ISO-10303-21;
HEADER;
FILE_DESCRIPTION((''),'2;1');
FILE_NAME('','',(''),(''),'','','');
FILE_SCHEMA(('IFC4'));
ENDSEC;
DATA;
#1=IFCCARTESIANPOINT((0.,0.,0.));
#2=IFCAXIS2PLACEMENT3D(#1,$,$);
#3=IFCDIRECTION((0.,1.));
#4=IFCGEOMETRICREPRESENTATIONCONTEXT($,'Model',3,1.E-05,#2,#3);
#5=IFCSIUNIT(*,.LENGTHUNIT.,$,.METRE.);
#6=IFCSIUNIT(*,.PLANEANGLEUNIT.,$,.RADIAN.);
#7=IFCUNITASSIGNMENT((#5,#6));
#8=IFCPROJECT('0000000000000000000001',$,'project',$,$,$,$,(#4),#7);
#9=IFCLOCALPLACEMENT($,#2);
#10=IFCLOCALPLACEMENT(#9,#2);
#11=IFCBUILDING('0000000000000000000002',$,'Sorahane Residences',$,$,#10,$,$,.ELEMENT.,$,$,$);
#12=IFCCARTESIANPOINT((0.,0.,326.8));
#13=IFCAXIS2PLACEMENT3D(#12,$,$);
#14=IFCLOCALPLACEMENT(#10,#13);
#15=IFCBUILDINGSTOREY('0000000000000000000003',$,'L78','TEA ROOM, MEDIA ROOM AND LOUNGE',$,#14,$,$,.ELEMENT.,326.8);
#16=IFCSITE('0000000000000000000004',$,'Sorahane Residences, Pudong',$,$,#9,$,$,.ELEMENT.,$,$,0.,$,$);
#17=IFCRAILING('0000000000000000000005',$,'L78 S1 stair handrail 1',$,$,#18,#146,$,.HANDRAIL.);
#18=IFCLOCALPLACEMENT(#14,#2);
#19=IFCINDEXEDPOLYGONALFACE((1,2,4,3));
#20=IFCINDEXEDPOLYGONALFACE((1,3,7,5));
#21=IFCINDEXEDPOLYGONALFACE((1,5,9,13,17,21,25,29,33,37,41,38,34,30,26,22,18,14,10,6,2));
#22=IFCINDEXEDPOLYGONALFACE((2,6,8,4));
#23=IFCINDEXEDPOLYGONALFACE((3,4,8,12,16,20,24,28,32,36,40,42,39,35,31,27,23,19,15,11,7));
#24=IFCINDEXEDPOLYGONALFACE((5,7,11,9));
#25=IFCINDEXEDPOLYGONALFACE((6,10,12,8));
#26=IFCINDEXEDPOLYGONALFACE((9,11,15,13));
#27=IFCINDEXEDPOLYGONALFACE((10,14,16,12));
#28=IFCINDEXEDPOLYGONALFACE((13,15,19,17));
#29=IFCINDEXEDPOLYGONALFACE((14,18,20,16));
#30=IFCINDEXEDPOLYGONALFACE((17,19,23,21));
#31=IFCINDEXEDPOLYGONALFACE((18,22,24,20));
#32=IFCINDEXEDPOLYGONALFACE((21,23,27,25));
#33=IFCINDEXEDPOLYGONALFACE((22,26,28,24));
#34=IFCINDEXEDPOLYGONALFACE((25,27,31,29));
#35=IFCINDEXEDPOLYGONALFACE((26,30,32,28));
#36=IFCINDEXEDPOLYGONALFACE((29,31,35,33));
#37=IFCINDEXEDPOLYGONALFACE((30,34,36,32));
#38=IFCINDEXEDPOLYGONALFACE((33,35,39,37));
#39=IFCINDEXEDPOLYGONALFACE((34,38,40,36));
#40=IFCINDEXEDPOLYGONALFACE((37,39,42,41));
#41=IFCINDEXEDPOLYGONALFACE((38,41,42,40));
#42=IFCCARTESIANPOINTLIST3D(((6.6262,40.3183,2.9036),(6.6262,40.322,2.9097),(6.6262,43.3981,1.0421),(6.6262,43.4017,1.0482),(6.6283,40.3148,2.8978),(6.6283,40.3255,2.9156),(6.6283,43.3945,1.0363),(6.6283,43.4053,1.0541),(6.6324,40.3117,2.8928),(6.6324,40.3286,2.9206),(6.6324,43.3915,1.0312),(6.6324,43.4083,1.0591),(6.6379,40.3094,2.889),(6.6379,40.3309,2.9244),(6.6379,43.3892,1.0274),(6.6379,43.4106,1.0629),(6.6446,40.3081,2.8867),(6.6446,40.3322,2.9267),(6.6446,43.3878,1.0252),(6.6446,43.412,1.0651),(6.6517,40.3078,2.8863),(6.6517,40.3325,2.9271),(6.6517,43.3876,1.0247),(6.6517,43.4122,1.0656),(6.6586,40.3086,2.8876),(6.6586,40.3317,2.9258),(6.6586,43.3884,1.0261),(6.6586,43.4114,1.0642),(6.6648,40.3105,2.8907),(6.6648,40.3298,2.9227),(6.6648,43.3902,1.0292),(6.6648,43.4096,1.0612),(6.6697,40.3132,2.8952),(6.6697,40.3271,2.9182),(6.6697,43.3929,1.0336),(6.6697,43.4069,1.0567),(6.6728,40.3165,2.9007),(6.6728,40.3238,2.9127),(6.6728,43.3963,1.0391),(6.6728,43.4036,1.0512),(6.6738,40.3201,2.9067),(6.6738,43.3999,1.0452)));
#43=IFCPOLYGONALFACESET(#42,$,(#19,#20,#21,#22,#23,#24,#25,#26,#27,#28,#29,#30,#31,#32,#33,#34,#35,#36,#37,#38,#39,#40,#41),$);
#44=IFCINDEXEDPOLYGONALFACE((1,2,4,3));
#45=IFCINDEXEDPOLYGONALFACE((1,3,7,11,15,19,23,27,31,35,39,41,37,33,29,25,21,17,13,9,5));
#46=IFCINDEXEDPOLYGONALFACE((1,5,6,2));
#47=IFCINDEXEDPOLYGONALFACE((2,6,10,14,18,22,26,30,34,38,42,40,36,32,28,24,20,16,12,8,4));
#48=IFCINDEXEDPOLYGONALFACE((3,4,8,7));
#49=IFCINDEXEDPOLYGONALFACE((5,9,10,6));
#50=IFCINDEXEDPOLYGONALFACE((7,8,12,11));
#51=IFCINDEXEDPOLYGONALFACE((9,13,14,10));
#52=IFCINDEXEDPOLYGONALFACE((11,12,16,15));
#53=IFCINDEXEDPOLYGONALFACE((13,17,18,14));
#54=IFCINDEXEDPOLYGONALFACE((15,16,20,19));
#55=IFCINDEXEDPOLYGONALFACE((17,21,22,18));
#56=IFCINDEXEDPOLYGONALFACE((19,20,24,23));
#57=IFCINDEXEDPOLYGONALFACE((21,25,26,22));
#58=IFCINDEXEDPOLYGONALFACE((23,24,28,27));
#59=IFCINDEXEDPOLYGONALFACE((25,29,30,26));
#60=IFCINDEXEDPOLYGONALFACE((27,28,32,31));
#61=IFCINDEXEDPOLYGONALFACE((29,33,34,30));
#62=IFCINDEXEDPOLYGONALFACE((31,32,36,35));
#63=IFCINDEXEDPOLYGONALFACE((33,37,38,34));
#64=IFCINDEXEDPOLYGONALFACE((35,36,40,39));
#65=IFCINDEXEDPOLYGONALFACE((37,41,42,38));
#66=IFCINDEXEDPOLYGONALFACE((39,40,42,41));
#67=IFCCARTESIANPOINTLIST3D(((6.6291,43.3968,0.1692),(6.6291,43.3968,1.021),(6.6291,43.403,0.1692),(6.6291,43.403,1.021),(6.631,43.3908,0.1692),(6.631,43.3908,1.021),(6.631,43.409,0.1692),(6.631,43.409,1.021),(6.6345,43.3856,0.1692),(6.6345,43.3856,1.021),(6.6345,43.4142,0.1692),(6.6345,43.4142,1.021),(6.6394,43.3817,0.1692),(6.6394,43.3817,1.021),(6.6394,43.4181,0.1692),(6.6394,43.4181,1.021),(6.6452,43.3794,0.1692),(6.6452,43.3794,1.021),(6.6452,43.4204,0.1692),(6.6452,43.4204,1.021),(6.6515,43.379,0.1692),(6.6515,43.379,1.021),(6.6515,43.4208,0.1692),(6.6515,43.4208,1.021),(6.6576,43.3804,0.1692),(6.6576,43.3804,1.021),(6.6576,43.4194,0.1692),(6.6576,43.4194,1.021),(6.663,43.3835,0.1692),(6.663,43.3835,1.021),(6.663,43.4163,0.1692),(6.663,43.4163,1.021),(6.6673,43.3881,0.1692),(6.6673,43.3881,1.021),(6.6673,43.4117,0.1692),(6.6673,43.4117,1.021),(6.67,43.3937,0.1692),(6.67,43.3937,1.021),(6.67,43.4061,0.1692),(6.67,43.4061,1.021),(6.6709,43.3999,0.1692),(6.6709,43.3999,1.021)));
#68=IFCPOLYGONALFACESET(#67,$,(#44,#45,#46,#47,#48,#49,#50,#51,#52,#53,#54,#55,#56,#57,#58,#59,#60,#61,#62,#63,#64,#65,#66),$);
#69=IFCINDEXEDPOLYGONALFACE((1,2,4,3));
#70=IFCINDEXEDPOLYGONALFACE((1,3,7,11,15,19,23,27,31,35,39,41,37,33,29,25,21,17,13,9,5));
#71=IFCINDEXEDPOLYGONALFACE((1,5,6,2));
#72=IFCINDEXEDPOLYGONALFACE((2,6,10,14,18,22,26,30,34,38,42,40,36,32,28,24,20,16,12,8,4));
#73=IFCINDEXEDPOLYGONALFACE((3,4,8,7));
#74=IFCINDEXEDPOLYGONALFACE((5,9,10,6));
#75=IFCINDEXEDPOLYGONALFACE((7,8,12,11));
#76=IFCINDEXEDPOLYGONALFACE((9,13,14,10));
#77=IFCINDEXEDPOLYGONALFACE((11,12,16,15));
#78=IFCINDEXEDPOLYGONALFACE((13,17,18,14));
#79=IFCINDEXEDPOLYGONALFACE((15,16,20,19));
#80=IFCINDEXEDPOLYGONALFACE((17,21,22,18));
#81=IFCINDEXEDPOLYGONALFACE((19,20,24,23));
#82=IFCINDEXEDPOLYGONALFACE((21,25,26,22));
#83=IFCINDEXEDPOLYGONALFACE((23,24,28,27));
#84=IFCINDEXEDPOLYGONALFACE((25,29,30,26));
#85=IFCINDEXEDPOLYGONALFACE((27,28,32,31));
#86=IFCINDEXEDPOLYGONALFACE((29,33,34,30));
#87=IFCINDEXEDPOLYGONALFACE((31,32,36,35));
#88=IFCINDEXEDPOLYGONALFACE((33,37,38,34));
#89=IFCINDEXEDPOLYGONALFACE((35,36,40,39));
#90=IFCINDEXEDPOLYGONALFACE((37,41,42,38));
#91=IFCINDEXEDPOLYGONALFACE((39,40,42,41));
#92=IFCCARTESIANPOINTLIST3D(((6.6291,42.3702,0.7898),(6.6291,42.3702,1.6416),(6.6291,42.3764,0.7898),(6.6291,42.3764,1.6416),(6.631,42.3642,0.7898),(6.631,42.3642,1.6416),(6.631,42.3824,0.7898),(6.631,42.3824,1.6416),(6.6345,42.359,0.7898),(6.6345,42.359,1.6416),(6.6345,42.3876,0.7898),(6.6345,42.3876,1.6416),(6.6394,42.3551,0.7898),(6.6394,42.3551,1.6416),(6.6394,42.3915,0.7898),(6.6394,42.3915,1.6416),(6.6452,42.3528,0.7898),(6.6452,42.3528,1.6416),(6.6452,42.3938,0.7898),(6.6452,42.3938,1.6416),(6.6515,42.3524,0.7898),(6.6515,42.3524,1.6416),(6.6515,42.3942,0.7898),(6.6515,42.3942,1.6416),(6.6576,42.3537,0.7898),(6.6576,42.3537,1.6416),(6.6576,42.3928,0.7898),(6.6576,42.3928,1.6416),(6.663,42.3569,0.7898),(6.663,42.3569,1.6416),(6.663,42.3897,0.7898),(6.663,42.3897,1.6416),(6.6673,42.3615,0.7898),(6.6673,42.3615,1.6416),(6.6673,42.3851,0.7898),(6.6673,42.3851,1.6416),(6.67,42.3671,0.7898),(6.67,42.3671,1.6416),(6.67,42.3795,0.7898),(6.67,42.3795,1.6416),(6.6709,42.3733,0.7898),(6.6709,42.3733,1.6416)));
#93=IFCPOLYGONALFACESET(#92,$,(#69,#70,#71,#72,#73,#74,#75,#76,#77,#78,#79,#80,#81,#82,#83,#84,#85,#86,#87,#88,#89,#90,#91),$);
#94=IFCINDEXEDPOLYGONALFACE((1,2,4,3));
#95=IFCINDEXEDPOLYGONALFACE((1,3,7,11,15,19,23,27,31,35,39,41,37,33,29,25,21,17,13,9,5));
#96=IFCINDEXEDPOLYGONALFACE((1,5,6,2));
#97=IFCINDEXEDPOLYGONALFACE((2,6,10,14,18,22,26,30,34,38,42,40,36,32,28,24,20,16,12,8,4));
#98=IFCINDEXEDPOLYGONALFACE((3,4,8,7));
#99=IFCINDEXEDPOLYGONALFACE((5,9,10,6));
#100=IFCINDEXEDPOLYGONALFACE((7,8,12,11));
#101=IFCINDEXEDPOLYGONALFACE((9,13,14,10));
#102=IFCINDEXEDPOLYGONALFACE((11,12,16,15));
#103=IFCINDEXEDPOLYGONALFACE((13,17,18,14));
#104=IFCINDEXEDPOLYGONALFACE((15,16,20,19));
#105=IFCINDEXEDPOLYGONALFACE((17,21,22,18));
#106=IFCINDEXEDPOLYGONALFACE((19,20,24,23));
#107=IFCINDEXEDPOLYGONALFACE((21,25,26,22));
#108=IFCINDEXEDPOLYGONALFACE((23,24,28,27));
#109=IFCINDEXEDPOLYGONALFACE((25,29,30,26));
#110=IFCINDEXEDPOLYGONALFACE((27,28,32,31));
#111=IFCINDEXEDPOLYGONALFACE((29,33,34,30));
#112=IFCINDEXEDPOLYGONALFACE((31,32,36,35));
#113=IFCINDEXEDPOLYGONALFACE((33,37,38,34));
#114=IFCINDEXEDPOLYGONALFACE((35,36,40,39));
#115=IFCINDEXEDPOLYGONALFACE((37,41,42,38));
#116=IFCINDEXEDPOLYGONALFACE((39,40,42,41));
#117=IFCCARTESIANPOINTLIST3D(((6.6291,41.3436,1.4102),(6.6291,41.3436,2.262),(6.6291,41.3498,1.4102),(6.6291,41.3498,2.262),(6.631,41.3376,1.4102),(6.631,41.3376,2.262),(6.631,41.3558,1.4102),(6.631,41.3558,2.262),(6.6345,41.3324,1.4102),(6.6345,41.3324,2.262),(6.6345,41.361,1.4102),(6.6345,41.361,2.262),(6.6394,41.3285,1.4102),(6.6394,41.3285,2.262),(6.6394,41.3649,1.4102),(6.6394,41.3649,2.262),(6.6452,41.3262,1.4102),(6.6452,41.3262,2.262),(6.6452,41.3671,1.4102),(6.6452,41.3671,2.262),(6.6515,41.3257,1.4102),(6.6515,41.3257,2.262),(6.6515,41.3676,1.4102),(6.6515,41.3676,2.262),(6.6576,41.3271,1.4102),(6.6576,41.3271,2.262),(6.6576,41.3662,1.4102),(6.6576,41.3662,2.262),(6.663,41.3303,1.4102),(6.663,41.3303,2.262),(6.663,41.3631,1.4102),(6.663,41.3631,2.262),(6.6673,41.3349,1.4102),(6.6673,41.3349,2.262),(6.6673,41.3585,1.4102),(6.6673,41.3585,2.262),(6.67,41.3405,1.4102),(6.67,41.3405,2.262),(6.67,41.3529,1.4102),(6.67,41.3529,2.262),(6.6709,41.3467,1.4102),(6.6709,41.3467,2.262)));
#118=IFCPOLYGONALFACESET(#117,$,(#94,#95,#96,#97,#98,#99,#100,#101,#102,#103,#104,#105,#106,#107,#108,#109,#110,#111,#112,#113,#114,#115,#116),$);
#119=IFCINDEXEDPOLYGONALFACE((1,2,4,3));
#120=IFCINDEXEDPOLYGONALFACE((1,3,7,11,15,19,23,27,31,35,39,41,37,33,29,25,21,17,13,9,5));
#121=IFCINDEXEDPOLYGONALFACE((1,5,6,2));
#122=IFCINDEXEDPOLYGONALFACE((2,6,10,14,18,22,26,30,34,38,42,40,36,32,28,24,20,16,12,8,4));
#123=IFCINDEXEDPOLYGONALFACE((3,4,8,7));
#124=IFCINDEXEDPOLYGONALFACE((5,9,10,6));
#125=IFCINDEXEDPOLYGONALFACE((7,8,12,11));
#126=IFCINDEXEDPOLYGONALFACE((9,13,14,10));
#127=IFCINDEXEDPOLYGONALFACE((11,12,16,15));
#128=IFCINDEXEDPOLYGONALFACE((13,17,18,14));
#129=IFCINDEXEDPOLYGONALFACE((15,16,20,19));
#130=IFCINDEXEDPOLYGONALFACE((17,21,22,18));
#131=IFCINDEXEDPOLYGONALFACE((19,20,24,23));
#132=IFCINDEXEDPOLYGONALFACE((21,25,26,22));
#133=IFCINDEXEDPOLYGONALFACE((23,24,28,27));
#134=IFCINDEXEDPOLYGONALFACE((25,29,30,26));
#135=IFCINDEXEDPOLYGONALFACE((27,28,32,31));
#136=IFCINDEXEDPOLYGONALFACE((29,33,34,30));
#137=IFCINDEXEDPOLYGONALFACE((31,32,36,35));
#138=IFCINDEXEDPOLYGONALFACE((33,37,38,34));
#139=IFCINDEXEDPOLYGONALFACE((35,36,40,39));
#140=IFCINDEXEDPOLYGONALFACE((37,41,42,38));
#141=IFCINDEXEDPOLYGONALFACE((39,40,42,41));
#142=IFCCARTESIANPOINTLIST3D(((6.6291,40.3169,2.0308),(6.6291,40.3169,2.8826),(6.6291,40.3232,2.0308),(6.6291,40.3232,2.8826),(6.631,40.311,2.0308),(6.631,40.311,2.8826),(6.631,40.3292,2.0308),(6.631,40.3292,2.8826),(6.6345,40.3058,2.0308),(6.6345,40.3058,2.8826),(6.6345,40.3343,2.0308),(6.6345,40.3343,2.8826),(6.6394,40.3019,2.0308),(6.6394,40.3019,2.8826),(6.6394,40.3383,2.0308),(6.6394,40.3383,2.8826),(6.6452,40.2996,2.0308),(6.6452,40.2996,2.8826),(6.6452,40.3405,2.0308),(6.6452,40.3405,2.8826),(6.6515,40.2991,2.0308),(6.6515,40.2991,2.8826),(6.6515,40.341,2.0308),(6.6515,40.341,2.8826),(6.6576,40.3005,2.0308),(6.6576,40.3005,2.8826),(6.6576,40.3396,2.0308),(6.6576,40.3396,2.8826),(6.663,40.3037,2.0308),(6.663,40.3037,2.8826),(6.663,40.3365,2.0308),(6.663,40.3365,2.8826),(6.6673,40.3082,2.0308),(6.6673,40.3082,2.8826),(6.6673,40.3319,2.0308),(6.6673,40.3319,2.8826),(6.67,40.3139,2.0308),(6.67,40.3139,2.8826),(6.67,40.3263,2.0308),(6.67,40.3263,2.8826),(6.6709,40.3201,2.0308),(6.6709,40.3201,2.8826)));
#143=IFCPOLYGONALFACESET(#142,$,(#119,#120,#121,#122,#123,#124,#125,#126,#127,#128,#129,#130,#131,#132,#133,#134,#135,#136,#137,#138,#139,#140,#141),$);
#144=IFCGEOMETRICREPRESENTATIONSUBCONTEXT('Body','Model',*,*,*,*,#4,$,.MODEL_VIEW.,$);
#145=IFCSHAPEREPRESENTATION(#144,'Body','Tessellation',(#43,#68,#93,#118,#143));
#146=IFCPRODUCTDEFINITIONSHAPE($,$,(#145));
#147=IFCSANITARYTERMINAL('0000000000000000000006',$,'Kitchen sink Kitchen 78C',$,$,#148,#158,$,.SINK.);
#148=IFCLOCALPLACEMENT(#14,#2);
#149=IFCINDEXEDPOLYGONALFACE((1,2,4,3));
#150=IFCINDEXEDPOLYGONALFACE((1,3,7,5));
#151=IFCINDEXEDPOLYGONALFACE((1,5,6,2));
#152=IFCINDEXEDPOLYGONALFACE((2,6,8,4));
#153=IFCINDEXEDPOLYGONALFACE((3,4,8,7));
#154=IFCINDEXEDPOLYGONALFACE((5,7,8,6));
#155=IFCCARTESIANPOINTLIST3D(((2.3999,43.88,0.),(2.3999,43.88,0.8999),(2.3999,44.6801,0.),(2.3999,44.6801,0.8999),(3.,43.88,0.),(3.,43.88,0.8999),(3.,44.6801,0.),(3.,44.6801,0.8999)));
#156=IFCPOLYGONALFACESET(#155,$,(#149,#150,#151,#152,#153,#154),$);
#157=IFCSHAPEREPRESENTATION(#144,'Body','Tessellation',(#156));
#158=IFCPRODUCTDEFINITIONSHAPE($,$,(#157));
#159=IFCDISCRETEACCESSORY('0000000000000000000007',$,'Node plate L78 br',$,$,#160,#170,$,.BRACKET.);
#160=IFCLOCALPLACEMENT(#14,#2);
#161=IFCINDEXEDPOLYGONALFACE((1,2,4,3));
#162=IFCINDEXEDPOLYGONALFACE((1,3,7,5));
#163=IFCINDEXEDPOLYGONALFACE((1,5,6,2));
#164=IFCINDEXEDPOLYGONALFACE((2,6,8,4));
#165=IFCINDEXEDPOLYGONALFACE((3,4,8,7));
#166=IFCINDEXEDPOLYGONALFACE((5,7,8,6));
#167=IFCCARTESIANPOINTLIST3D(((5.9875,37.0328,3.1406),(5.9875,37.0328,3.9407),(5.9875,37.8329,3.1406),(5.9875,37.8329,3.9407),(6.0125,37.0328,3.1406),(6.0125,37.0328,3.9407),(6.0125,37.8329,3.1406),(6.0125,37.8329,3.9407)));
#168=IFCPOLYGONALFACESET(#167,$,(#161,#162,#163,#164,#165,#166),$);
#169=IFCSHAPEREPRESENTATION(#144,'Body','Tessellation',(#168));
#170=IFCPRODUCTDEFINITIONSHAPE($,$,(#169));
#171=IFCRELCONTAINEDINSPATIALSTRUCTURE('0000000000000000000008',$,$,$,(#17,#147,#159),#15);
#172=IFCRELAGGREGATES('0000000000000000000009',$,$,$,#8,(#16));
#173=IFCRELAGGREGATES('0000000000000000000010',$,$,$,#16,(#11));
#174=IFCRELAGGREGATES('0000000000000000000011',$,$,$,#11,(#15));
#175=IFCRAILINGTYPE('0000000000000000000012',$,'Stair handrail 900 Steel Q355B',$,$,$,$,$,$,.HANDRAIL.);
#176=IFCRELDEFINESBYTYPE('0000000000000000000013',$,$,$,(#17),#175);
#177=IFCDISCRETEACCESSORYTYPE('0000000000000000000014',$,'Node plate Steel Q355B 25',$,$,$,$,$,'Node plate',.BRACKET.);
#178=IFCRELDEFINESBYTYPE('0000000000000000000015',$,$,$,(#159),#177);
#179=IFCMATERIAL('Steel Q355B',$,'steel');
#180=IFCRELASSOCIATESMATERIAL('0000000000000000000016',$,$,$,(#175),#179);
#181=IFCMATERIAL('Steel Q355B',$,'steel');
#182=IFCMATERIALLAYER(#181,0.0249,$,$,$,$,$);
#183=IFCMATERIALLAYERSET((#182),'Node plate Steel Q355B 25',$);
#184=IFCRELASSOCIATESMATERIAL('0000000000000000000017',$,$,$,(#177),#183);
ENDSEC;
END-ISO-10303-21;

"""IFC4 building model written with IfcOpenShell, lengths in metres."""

from ifc_helpers import new_model, si_unit, direction, frame, origin, origin_2d, place, context, subcontext, project, spatial, rectangle, circle, extrude, material, layer, layer_set, type_object, element, save


model = new_model("IFC4")

# Units and contexts
model_context = context("Model", 3, precision=1e-05, world=origin(), true_north=direction((0.0, 1.0)))
body_context = subcontext(model_context, "Body", "Model", "MODEL_VIEW")
ifc_project = project(units=[si_unit("LENGTHUNIT", "METRE"), si_unit("PLANEANGLEUNIT", "RADIAN")], contexts=[model_context])

# Site, building, storey
site_placement = place(None, origin())
site = spatial("IfcSite", under=ifc_project, at=site_placement, Name="Sorahane Residences, Pudong", CompositionType="ELEMENT", RefElevation=0.0)
building_placement = place(site_placement, origin())
building = spatial("IfcBuilding", under=site, at=building_placement, Name="Sorahane Residences", CompositionType="ELEMENT")
storey_placement = place(building_placement, frame((0.0, 0.0, 326.8)))
storey = spatial("IfcBuildingStorey", under=building, at=storey_placement, Name="L78", Description="TEA ROOM, MEDIA ROOM AND LOUNGE", CompositionType="ELEMENT", Elevation=326.8)

# Railing
ifc_material_1 = material(Name="Steel Q355B", Category="steel")
railing_type_1 = type_object("IfcRailingType", Name="Stair handrail 900 Steel Q355B", PredefinedType="HANDRAIL", material=ifc_material_1)
railing_1_placement = place(storey_placement, frame((6.6499, 43.3999, 0.1692)))
element("IfcRailing", 1, at=railing_1_placement, inside=storey, type_object=railing_type_1, Name="L78 S1 stair handrail 1", PredefinedType="HANDRAIL", context=body_context, shape_type="SweptSolid", body=[
    extrude(circle(Radius=0.0239, at=origin_2d()), frame((0.0, 0.0, 0.876), z_axis=(0.0, -0.855812, 0.517286), x_axis=(1.0, 0.0, 0.0)), (0.0, 0.0, 1.0), 3.5986),
    extrude(circle(Radius=0.021, at=origin_2d()), origin(), (0.0, 0.0, 1.0), 0.8518),
    extrude(circle(Radius=0.021, at=origin_2d()), frame((0.0, -1.0266, 0.6206)), (0.0, 0.0, 1.0), 0.8518),
    extrude(circle(Radius=0.021, at=origin_2d()), frame((0.0, -2.0532, 1.241)), (0.0, 0.0, 1.0), 0.8518),
    extrude(circle(Radius=0.021, at=origin_2d()), frame((0.0, -3.0798, 1.8616)), (0.0, 0.0, 1.0), 0.8518),
])

# Sanitary terminal
sanitary_terminal_placement = place(storey_placement, frame((2.7, 44.28, 0.0), z_axis=(0.0, 0.0, 1.0), x_axis=(0.0, -1.0, 0.0)))
element("IfcSanitaryTerminal", 2, at=sanitary_terminal_placement, inside=storey, Name="Kitchen sink Kitchen 78C", PredefinedType="SINK", context=body_context, shape_type="SweptSolid", body=[
    extrude(rectangle(XDim=0.8, YDim=0.6001, at=origin_2d()), origin(), (0.0, 0.0, 1.0), 0.8999),
])

# Discrete accessory
ifc_material_2 = material(Name="Steel Q355B", Category="steel")
ifc_layer_1 = layer(ifc_material_2, 0.0249)
ifc_layer_set_1 = layer_set([ifc_layer_1], Name="Node plate Steel Q355B 25")
discrete_accessory_type = type_object("IfcDiscreteAccessoryType", Name="Node plate Steel Q355B 25", ElementType="Node plate", PredefinedType="BRACKET", material=ifc_layer_set_1)
discrete_accessory_placement = place(storey_placement, frame((6.0, 37.4329, 3.1406), z_axis=(0.0, 0.0, 1.0), x_axis=(0.0, 1.0, 0.0)))
element("IfcDiscreteAccessory", 3, at=discrete_accessory_placement, inside=storey, type_object=discrete_accessory_type, Name="Node plate L78 br", PredefinedType="BRACKET", context=body_context, shape_type="SweptSolid", body=[
    extrude(rectangle(XDim=0.8, YDim=0.0249, at=origin_2d()), origin(), (0.0, 0.0, 1.0), 0.8),
])

save(model, "model.ifc")
